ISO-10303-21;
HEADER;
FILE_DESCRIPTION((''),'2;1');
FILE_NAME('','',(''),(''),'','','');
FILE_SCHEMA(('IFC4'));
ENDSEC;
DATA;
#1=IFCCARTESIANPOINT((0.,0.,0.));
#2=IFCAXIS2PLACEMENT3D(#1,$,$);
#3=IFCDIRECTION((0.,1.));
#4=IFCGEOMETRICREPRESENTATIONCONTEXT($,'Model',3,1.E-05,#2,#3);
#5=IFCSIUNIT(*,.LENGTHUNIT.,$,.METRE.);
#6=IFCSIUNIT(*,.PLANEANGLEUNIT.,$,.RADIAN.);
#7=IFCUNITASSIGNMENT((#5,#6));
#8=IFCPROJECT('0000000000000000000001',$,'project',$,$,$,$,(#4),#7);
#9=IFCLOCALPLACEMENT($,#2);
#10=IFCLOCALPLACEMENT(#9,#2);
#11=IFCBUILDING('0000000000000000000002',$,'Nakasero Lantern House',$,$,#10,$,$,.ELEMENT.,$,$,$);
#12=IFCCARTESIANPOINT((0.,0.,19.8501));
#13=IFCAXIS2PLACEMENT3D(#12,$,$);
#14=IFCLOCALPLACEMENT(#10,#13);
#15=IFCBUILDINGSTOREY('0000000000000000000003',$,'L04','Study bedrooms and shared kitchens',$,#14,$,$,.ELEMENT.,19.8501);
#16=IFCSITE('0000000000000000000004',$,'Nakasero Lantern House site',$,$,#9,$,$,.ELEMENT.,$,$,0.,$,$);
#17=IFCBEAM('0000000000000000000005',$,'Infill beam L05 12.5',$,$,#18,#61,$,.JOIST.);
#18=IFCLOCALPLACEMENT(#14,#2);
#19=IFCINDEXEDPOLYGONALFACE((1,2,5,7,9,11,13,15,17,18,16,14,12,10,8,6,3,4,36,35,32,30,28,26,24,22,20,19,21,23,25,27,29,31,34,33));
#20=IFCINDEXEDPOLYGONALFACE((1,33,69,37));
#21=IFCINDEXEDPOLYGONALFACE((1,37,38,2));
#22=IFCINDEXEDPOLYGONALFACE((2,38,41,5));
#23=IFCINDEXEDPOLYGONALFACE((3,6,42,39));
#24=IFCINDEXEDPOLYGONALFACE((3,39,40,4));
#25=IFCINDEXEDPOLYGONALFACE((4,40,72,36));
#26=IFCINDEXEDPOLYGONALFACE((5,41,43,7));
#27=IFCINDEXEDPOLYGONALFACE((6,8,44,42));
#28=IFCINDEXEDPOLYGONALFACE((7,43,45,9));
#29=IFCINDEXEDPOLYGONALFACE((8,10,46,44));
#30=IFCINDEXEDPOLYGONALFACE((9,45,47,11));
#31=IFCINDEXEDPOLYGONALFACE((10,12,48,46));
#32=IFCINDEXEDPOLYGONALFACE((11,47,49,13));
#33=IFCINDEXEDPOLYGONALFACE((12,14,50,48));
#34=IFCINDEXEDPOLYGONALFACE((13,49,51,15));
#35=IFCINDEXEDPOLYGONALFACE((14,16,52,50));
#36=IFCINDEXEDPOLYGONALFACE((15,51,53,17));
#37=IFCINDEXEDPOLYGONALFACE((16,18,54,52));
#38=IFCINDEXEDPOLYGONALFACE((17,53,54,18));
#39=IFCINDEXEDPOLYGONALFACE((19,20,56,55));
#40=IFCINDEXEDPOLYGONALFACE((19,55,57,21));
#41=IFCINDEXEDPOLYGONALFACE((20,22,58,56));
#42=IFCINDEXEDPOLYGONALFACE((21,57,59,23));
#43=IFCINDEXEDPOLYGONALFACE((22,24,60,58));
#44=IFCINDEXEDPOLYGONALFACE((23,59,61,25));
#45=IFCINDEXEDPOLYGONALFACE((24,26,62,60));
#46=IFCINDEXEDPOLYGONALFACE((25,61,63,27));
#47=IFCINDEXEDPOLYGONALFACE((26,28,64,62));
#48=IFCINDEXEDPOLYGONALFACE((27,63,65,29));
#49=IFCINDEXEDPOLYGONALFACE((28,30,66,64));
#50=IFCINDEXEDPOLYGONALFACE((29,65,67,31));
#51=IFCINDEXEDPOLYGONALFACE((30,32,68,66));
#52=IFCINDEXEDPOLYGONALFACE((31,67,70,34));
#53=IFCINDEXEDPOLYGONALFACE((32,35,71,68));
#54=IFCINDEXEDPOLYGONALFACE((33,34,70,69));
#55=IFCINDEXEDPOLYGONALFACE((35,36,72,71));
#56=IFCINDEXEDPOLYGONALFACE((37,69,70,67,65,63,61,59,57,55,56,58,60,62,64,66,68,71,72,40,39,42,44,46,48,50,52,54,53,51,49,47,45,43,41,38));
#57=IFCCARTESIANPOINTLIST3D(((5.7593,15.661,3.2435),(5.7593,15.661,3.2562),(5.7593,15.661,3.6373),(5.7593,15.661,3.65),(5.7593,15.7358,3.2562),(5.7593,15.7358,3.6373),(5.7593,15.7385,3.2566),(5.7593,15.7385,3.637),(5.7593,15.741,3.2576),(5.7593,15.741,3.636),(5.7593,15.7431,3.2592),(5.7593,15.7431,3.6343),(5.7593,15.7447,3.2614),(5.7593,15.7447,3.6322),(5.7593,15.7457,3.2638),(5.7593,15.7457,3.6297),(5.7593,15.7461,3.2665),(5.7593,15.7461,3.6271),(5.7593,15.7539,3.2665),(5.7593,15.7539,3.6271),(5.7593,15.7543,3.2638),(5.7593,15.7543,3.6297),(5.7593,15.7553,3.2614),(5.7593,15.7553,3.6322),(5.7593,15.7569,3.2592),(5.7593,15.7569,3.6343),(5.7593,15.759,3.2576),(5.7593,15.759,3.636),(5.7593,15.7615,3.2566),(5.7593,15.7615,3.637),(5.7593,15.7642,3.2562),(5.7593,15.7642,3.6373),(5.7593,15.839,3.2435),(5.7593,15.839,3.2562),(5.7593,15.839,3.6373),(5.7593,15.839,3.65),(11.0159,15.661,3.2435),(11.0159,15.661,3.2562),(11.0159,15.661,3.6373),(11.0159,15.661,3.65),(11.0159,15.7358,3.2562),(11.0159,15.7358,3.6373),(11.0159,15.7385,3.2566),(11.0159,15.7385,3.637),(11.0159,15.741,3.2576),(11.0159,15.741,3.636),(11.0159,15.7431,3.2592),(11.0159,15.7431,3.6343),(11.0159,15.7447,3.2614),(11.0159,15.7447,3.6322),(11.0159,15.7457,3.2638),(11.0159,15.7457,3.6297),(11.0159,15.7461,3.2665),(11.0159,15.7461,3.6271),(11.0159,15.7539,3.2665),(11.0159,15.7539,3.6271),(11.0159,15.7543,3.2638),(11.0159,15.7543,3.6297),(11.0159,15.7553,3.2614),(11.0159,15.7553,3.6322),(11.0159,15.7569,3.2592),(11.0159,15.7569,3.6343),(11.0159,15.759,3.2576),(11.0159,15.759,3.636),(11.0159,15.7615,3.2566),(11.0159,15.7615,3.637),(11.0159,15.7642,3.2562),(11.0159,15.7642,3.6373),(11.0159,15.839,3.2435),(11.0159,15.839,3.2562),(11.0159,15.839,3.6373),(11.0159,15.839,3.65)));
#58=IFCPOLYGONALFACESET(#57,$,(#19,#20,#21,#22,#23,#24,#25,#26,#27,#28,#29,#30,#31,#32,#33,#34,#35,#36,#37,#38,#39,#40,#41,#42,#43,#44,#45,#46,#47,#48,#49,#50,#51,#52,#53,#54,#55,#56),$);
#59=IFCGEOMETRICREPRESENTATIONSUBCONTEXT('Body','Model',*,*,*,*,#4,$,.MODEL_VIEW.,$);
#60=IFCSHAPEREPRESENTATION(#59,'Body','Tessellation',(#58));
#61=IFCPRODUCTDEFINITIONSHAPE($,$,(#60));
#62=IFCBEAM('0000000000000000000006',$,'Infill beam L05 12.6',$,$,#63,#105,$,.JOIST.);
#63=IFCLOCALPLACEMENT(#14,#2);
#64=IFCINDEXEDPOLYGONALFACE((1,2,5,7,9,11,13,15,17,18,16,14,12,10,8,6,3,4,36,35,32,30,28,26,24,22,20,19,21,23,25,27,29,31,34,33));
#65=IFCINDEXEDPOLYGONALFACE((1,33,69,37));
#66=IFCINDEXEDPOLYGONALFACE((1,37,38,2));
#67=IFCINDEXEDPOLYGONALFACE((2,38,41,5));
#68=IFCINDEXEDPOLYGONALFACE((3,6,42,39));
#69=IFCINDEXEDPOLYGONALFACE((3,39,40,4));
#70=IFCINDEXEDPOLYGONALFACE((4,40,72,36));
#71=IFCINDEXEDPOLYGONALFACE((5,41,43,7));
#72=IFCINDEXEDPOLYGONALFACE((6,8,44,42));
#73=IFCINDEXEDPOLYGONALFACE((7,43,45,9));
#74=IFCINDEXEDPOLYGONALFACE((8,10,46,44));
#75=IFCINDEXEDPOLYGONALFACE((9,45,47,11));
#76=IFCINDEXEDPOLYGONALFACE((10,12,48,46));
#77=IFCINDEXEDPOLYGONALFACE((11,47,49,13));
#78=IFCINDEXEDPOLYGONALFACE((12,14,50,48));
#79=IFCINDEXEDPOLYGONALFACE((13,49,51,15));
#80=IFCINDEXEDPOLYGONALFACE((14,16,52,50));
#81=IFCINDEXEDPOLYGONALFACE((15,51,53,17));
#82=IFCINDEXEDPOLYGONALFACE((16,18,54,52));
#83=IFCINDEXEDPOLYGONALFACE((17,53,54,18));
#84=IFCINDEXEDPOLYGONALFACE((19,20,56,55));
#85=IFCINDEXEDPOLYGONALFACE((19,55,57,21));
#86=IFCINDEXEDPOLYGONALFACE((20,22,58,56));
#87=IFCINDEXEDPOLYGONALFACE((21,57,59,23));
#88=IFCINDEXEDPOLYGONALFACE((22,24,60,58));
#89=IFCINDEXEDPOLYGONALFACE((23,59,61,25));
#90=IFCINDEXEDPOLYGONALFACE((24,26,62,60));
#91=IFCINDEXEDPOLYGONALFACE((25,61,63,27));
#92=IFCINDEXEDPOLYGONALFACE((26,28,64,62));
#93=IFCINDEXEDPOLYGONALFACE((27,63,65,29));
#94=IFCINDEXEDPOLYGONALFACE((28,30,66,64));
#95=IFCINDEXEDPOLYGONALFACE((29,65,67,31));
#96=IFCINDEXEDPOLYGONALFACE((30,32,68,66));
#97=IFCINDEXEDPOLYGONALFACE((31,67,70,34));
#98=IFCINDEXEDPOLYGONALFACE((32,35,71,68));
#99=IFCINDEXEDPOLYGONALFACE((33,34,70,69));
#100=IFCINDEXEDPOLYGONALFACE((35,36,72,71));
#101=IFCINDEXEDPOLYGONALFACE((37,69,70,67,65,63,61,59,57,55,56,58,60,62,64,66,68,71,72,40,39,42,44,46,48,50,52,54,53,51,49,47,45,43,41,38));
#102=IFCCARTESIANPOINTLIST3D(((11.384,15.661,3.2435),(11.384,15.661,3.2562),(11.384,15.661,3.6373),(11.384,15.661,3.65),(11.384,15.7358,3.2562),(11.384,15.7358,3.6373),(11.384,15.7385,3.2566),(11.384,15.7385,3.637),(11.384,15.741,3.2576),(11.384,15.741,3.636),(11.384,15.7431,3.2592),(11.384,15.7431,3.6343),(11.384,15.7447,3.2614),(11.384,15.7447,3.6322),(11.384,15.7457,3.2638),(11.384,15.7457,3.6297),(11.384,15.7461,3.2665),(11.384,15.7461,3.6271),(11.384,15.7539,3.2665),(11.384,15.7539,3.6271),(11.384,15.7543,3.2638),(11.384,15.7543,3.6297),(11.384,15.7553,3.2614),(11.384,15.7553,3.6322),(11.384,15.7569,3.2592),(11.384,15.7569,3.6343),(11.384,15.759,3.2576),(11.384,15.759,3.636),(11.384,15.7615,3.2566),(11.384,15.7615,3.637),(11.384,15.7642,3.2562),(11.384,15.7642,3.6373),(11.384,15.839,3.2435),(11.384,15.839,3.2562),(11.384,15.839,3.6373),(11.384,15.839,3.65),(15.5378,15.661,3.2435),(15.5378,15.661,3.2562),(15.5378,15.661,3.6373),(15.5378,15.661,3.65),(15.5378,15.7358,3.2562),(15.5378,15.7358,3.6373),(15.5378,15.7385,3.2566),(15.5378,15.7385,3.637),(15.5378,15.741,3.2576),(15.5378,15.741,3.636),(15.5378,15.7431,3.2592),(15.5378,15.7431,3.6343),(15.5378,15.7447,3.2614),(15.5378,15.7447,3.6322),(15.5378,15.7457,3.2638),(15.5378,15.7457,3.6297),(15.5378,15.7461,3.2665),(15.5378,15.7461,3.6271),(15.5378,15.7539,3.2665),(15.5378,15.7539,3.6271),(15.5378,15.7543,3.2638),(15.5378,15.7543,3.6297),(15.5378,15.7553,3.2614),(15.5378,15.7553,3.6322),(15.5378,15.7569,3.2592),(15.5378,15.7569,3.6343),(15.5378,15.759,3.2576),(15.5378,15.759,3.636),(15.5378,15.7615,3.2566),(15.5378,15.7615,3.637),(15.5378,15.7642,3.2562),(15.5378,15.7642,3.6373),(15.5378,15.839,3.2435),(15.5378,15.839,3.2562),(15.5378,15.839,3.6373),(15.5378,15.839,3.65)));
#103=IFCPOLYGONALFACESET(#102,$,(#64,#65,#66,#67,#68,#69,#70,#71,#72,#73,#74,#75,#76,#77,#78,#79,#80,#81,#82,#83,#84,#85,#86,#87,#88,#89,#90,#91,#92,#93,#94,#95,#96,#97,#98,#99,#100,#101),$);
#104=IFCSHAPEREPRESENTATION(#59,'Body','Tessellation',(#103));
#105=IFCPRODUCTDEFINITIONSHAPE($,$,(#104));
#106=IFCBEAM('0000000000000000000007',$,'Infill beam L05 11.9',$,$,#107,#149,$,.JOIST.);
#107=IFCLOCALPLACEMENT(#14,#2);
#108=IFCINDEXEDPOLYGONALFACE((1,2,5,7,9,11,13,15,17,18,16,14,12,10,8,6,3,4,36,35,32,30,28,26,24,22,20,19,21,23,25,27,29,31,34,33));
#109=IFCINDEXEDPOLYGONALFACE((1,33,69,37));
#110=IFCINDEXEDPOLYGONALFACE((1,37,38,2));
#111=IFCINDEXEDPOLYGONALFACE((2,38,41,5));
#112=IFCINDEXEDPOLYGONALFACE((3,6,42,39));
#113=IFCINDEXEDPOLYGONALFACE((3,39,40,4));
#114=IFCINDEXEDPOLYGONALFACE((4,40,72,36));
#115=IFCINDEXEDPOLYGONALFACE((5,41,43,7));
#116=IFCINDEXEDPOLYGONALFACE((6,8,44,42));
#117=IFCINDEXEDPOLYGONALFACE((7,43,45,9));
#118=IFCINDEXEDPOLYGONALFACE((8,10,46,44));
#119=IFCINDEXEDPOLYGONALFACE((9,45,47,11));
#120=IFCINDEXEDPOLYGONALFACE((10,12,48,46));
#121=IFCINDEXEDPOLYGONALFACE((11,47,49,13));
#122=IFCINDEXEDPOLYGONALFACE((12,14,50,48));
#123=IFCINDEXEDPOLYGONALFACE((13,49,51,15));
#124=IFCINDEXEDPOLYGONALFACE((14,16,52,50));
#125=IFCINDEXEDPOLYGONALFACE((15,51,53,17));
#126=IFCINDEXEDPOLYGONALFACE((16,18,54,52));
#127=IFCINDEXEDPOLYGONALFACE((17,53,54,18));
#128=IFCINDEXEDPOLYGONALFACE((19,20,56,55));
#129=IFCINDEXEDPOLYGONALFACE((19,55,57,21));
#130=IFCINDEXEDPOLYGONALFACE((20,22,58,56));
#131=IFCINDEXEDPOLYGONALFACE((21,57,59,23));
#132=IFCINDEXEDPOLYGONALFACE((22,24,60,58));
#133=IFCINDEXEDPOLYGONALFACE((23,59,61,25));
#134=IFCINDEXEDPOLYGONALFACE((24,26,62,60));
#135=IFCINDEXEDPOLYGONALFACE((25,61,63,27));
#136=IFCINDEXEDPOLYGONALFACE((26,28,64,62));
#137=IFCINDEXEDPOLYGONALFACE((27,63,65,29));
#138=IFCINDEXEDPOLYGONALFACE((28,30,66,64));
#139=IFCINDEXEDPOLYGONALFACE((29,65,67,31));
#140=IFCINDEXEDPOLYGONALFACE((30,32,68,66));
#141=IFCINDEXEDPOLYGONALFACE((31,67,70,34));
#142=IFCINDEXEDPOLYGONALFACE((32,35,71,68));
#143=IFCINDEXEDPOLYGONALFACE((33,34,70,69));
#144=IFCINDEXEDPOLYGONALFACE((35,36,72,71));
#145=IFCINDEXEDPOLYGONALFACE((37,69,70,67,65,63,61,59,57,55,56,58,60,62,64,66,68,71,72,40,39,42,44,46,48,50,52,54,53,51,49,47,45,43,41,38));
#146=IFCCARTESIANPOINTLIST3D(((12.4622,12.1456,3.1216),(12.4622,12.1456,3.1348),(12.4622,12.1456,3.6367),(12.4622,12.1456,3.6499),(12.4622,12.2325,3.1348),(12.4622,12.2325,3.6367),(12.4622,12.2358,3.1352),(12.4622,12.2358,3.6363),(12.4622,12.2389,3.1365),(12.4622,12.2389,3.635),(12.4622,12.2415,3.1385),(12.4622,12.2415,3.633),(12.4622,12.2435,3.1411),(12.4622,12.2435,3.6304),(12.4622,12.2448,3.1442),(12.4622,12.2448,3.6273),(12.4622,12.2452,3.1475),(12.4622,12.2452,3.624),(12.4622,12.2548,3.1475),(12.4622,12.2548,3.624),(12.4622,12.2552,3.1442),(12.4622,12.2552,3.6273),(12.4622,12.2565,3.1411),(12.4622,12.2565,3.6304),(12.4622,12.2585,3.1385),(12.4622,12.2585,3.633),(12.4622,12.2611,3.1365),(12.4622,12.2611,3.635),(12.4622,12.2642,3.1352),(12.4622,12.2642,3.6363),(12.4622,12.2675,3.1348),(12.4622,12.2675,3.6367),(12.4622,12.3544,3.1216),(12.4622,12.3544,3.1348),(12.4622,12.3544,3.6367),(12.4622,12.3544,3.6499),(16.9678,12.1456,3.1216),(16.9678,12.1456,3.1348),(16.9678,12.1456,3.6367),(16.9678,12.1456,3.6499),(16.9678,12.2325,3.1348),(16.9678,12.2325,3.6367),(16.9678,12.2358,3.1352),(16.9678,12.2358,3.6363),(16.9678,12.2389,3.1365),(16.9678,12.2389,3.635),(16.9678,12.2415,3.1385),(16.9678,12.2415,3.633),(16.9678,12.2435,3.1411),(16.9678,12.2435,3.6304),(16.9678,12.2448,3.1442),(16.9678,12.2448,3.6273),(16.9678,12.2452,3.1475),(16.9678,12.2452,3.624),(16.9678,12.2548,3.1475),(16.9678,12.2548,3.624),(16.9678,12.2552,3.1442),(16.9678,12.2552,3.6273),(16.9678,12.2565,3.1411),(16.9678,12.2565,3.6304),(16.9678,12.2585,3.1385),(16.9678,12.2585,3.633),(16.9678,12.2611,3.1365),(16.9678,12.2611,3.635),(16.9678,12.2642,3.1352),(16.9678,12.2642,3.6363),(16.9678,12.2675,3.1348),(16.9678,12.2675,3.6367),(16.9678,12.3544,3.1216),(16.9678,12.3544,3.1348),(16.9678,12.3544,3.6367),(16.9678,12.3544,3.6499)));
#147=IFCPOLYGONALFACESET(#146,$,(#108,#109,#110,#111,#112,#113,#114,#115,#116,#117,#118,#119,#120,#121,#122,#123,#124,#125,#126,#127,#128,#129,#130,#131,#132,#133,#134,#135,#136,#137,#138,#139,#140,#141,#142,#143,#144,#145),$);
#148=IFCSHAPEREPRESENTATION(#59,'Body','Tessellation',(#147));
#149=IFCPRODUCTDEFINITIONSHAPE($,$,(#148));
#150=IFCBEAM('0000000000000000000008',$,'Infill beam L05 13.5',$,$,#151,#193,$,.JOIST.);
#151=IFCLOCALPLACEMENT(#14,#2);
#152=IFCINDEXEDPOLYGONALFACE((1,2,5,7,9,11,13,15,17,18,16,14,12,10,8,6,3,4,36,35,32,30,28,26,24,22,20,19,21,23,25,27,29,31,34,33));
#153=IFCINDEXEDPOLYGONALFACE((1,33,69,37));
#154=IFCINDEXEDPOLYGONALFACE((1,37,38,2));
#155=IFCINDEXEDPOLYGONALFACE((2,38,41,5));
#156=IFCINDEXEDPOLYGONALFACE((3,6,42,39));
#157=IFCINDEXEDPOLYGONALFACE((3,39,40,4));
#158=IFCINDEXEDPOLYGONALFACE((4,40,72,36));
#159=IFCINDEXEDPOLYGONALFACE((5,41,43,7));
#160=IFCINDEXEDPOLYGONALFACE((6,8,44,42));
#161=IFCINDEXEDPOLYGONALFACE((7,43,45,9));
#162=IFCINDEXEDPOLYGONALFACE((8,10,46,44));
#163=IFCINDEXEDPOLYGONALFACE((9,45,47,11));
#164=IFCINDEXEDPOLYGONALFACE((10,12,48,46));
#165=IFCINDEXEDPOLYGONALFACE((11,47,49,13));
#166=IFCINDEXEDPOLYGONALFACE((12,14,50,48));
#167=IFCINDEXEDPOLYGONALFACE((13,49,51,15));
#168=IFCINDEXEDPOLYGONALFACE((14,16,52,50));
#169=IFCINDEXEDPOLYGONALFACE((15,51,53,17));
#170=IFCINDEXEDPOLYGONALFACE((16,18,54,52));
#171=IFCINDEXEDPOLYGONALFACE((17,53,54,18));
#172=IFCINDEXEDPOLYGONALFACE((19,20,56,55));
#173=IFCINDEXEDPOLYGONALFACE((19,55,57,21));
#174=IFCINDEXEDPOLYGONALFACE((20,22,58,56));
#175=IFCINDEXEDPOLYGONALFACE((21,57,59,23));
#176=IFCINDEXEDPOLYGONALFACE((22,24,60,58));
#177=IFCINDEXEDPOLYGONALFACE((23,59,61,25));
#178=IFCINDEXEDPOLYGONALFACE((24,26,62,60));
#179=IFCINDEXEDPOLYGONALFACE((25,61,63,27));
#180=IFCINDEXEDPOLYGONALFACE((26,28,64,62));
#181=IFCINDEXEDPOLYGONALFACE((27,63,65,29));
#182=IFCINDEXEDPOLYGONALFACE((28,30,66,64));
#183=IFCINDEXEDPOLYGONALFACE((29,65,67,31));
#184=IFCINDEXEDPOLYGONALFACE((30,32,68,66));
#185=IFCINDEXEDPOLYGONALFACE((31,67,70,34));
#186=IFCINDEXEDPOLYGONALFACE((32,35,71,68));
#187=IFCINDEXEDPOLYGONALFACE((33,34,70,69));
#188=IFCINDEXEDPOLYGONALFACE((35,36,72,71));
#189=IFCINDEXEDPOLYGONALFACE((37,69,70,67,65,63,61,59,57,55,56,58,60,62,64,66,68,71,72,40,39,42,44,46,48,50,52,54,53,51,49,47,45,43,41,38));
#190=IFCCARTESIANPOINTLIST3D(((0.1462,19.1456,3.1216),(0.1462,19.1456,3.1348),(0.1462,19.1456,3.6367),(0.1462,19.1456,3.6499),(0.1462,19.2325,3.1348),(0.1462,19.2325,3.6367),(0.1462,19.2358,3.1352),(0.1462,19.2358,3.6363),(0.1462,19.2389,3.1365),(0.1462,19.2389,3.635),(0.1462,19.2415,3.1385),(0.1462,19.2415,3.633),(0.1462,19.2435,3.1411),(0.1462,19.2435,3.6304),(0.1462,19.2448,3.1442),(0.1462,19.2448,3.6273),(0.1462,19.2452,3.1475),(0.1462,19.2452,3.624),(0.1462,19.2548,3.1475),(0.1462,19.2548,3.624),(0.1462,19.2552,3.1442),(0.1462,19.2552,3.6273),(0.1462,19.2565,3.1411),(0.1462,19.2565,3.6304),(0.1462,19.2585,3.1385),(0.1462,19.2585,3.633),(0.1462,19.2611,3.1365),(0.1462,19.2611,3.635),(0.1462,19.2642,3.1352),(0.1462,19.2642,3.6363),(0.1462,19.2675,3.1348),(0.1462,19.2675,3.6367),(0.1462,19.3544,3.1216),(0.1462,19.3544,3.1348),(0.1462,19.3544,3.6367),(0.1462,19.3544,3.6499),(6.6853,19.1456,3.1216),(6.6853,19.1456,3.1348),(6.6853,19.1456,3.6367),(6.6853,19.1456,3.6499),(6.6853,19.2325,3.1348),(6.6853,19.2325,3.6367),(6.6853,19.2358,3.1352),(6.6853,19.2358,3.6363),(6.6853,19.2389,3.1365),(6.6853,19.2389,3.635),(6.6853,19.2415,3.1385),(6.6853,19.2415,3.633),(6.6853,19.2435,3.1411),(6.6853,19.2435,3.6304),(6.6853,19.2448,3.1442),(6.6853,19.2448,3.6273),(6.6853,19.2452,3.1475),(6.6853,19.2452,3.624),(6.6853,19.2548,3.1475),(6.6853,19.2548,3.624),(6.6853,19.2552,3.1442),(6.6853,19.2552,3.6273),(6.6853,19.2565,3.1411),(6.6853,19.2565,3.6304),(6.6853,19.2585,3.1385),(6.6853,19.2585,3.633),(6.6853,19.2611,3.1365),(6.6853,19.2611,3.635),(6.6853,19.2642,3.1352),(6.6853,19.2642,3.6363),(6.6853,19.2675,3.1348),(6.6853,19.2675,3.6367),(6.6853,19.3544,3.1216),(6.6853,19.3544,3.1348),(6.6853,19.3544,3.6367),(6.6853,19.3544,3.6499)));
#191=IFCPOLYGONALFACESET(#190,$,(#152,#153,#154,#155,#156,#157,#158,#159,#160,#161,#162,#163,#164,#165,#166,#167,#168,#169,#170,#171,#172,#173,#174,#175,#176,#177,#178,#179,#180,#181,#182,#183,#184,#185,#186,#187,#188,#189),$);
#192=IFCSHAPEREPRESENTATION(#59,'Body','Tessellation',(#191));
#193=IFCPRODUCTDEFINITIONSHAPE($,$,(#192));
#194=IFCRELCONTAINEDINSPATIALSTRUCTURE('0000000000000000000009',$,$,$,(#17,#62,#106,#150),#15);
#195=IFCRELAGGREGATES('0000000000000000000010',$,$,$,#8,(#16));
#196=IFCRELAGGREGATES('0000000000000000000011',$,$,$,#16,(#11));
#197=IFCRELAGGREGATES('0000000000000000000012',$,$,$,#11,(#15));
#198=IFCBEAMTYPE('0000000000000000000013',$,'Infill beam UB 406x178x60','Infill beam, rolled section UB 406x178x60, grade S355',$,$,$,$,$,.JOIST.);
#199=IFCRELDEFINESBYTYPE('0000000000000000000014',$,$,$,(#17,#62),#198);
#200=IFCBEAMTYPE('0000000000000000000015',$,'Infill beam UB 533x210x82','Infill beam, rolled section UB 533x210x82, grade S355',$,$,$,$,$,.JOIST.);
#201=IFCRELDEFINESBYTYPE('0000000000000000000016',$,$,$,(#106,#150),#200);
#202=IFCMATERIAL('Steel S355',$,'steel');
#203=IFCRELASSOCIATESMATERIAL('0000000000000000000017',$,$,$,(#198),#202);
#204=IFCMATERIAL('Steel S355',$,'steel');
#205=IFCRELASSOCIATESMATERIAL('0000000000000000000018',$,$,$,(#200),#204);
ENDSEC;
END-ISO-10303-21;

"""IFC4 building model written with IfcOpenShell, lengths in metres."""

from ifc_helpers import new_model, si_unit, direction, frame, origin, origin_2d, place, context, subcontext, project, spatial, i_section, extrude, material, material_profile, profile_set, type_object, element, save


model = new_model("IFC4")

# Units and contexts
model_context = context("Model", 3, precision=1e-05, world=origin(), true_north=direction((0.0, 1.0)))
body_context = subcontext(model_context, "Body", "Model", "MODEL_VIEW")
ifc_project = project(units=[si_unit("LENGTHUNIT", "METRE"), si_unit("PLANEANGLEUNIT", "RADIAN")], contexts=[model_context])

# Site, building, storey
site_placement = place(None, origin())
site = spatial("IfcSite", under=ifc_project, at=site_placement, Name="Nakasero Lantern House site", CompositionType="ELEMENT", RefElevation=0.0)
building_placement = place(site_placement, origin())
building = spatial("IfcBuilding", under=site, at=building_placement, Name="Nakasero Lantern House", CompositionType="ELEMENT")
storey_placement = place(building_placement, frame((0.0, 0.0, 19.8501)))
storey = spatial("IfcBuildingStorey", under=building, at=storey_placement, Name="L04", Description="Study bedrooms and shared kitchens", CompositionType="ELEMENT", Elevation=19.8501)

# Beams
ifc_material_1 = material(Name="Steel S355", Category="steel")
ifc_material_profile_1 = material_profile(ifc_material_1, i_section(OverallWidth=0.178, OverallDepth=0.4065, WebThickness=0.0078, FlangeThickness=0.0127, FilletRadius=0.0103, at=origin_2d()), Name="UB 406x178x60")
ifc_profile_set_1 = profile_set([ifc_material_profile_1], Name="Steel S355")
beam_type_1 = type_object("IfcBeamType", Name="Infill beam UB 406x178x60", Description="Infill beam, rolled section UB 406x178x60, grade S355", PredefinedType="JOIST", material=ifc_profile_set_1)
beam_1_placement = place(storey_placement, frame((5.7593, 15.75, 3.4468), z_axis=(1.0, 0.0, 0.0), x_axis=(0.0, 1.0, 0.0)))
element("IfcBeam", 1, at=beam_1_placement, inside=storey, type_object=beam_type_1, Name="Infill beam L05 12.5", PredefinedType="JOIST", context=body_context, shape_type="SweptSolid", body=[
    extrude(i_section(OverallWidth=0.178, OverallDepth=0.4065, WebThickness=0.0078, FlangeThickness=0.0127, FilletRadius=0.0103, at=origin_2d()), origin(), (0.0, 0.0, 1.0), 5.2566),
])
beam_2_placement = place(storey_placement, frame((11.384, 15.75, 3.4468), z_axis=(1.0, 0.0, 0.0), x_axis=(0.0, 1.0, 0.0)))
element("IfcBeam", 2, at=beam_2_placement, inside=storey, type_object=beam_type_1, Name="Infill beam L05 12.6", PredefinedType="JOIST", context=body_context, shape_type="SweptSolid", body=[
    extrude(i_section(OverallWidth=0.178, OverallDepth=0.4065, WebThickness=0.0078, FlangeThickness=0.0127, FilletRadius=0.0103, at=origin_2d()), origin(), (0.0, 0.0, 1.0), 4.1538),
])
ifc_material_2 = material(Name="Steel S355", Category="steel")
ifc_material_profile_2 = material_profile(ifc_material_2, i_section(OverallWidth=0.2087, OverallDepth=0.5283, WebThickness=0.0095, FlangeThickness=0.0132, FilletRadius=0.0127, at=origin_2d()), Name="UB 533x210x82")
ifc_profile_set_2 = profile_set([ifc_material_profile_2], Name="Steel S355")
beam_type_2 = type_object("IfcBeamType", Name="Infill beam UB 533x210x82", Description="Infill beam, rolled section UB 533x210x82, grade S355", PredefinedType="JOIST", material=ifc_profile_set_2)
beam_3_placement = place(storey_placement, frame((12.4622, 12.25, 3.3857), z_axis=(1.0, 0.0, 0.0), x_axis=(0.0, 1.0, 0.0)))
element("IfcBeam", 3, at=beam_3_placement, inside=storey, type_object=beam_type_2, Name="Infill beam L05 11.9", PredefinedType="JOIST", context=body_context, shape_type="SweptSolid", body=[
    extrude(i_section(OverallWidth=0.2087, OverallDepth=0.5283, WebThickness=0.0095, FlangeThickness=0.0132, FilletRadius=0.0127, at=origin_2d()), origin(), (0.0, 0.0, 1.0), 4.5056),
])
beam_4_placement = place(storey_placement, frame((0.1462, 19.25, 3.3857), z_axis=(1.0, 0.0, 0.0), x_axis=(0.0, 1.0, 0.0)))
element("IfcBeam", 4, at=beam_4_placement, inside=storey, type_object=beam_type_2, Name="Infill beam L05 13.5", PredefinedType="JOIST", context=body_context, shape_type="SweptSolid", body=[
    extrude(i_section(OverallWidth=0.2087, OverallDepth=0.5283, WebThickness=0.0095, FlangeThickness=0.0132, FilletRadius=0.0127, at=origin_2d()), origin(), (0.0, 0.0, 1.0), 6.5391),
])

save(model, "model.ifc")
